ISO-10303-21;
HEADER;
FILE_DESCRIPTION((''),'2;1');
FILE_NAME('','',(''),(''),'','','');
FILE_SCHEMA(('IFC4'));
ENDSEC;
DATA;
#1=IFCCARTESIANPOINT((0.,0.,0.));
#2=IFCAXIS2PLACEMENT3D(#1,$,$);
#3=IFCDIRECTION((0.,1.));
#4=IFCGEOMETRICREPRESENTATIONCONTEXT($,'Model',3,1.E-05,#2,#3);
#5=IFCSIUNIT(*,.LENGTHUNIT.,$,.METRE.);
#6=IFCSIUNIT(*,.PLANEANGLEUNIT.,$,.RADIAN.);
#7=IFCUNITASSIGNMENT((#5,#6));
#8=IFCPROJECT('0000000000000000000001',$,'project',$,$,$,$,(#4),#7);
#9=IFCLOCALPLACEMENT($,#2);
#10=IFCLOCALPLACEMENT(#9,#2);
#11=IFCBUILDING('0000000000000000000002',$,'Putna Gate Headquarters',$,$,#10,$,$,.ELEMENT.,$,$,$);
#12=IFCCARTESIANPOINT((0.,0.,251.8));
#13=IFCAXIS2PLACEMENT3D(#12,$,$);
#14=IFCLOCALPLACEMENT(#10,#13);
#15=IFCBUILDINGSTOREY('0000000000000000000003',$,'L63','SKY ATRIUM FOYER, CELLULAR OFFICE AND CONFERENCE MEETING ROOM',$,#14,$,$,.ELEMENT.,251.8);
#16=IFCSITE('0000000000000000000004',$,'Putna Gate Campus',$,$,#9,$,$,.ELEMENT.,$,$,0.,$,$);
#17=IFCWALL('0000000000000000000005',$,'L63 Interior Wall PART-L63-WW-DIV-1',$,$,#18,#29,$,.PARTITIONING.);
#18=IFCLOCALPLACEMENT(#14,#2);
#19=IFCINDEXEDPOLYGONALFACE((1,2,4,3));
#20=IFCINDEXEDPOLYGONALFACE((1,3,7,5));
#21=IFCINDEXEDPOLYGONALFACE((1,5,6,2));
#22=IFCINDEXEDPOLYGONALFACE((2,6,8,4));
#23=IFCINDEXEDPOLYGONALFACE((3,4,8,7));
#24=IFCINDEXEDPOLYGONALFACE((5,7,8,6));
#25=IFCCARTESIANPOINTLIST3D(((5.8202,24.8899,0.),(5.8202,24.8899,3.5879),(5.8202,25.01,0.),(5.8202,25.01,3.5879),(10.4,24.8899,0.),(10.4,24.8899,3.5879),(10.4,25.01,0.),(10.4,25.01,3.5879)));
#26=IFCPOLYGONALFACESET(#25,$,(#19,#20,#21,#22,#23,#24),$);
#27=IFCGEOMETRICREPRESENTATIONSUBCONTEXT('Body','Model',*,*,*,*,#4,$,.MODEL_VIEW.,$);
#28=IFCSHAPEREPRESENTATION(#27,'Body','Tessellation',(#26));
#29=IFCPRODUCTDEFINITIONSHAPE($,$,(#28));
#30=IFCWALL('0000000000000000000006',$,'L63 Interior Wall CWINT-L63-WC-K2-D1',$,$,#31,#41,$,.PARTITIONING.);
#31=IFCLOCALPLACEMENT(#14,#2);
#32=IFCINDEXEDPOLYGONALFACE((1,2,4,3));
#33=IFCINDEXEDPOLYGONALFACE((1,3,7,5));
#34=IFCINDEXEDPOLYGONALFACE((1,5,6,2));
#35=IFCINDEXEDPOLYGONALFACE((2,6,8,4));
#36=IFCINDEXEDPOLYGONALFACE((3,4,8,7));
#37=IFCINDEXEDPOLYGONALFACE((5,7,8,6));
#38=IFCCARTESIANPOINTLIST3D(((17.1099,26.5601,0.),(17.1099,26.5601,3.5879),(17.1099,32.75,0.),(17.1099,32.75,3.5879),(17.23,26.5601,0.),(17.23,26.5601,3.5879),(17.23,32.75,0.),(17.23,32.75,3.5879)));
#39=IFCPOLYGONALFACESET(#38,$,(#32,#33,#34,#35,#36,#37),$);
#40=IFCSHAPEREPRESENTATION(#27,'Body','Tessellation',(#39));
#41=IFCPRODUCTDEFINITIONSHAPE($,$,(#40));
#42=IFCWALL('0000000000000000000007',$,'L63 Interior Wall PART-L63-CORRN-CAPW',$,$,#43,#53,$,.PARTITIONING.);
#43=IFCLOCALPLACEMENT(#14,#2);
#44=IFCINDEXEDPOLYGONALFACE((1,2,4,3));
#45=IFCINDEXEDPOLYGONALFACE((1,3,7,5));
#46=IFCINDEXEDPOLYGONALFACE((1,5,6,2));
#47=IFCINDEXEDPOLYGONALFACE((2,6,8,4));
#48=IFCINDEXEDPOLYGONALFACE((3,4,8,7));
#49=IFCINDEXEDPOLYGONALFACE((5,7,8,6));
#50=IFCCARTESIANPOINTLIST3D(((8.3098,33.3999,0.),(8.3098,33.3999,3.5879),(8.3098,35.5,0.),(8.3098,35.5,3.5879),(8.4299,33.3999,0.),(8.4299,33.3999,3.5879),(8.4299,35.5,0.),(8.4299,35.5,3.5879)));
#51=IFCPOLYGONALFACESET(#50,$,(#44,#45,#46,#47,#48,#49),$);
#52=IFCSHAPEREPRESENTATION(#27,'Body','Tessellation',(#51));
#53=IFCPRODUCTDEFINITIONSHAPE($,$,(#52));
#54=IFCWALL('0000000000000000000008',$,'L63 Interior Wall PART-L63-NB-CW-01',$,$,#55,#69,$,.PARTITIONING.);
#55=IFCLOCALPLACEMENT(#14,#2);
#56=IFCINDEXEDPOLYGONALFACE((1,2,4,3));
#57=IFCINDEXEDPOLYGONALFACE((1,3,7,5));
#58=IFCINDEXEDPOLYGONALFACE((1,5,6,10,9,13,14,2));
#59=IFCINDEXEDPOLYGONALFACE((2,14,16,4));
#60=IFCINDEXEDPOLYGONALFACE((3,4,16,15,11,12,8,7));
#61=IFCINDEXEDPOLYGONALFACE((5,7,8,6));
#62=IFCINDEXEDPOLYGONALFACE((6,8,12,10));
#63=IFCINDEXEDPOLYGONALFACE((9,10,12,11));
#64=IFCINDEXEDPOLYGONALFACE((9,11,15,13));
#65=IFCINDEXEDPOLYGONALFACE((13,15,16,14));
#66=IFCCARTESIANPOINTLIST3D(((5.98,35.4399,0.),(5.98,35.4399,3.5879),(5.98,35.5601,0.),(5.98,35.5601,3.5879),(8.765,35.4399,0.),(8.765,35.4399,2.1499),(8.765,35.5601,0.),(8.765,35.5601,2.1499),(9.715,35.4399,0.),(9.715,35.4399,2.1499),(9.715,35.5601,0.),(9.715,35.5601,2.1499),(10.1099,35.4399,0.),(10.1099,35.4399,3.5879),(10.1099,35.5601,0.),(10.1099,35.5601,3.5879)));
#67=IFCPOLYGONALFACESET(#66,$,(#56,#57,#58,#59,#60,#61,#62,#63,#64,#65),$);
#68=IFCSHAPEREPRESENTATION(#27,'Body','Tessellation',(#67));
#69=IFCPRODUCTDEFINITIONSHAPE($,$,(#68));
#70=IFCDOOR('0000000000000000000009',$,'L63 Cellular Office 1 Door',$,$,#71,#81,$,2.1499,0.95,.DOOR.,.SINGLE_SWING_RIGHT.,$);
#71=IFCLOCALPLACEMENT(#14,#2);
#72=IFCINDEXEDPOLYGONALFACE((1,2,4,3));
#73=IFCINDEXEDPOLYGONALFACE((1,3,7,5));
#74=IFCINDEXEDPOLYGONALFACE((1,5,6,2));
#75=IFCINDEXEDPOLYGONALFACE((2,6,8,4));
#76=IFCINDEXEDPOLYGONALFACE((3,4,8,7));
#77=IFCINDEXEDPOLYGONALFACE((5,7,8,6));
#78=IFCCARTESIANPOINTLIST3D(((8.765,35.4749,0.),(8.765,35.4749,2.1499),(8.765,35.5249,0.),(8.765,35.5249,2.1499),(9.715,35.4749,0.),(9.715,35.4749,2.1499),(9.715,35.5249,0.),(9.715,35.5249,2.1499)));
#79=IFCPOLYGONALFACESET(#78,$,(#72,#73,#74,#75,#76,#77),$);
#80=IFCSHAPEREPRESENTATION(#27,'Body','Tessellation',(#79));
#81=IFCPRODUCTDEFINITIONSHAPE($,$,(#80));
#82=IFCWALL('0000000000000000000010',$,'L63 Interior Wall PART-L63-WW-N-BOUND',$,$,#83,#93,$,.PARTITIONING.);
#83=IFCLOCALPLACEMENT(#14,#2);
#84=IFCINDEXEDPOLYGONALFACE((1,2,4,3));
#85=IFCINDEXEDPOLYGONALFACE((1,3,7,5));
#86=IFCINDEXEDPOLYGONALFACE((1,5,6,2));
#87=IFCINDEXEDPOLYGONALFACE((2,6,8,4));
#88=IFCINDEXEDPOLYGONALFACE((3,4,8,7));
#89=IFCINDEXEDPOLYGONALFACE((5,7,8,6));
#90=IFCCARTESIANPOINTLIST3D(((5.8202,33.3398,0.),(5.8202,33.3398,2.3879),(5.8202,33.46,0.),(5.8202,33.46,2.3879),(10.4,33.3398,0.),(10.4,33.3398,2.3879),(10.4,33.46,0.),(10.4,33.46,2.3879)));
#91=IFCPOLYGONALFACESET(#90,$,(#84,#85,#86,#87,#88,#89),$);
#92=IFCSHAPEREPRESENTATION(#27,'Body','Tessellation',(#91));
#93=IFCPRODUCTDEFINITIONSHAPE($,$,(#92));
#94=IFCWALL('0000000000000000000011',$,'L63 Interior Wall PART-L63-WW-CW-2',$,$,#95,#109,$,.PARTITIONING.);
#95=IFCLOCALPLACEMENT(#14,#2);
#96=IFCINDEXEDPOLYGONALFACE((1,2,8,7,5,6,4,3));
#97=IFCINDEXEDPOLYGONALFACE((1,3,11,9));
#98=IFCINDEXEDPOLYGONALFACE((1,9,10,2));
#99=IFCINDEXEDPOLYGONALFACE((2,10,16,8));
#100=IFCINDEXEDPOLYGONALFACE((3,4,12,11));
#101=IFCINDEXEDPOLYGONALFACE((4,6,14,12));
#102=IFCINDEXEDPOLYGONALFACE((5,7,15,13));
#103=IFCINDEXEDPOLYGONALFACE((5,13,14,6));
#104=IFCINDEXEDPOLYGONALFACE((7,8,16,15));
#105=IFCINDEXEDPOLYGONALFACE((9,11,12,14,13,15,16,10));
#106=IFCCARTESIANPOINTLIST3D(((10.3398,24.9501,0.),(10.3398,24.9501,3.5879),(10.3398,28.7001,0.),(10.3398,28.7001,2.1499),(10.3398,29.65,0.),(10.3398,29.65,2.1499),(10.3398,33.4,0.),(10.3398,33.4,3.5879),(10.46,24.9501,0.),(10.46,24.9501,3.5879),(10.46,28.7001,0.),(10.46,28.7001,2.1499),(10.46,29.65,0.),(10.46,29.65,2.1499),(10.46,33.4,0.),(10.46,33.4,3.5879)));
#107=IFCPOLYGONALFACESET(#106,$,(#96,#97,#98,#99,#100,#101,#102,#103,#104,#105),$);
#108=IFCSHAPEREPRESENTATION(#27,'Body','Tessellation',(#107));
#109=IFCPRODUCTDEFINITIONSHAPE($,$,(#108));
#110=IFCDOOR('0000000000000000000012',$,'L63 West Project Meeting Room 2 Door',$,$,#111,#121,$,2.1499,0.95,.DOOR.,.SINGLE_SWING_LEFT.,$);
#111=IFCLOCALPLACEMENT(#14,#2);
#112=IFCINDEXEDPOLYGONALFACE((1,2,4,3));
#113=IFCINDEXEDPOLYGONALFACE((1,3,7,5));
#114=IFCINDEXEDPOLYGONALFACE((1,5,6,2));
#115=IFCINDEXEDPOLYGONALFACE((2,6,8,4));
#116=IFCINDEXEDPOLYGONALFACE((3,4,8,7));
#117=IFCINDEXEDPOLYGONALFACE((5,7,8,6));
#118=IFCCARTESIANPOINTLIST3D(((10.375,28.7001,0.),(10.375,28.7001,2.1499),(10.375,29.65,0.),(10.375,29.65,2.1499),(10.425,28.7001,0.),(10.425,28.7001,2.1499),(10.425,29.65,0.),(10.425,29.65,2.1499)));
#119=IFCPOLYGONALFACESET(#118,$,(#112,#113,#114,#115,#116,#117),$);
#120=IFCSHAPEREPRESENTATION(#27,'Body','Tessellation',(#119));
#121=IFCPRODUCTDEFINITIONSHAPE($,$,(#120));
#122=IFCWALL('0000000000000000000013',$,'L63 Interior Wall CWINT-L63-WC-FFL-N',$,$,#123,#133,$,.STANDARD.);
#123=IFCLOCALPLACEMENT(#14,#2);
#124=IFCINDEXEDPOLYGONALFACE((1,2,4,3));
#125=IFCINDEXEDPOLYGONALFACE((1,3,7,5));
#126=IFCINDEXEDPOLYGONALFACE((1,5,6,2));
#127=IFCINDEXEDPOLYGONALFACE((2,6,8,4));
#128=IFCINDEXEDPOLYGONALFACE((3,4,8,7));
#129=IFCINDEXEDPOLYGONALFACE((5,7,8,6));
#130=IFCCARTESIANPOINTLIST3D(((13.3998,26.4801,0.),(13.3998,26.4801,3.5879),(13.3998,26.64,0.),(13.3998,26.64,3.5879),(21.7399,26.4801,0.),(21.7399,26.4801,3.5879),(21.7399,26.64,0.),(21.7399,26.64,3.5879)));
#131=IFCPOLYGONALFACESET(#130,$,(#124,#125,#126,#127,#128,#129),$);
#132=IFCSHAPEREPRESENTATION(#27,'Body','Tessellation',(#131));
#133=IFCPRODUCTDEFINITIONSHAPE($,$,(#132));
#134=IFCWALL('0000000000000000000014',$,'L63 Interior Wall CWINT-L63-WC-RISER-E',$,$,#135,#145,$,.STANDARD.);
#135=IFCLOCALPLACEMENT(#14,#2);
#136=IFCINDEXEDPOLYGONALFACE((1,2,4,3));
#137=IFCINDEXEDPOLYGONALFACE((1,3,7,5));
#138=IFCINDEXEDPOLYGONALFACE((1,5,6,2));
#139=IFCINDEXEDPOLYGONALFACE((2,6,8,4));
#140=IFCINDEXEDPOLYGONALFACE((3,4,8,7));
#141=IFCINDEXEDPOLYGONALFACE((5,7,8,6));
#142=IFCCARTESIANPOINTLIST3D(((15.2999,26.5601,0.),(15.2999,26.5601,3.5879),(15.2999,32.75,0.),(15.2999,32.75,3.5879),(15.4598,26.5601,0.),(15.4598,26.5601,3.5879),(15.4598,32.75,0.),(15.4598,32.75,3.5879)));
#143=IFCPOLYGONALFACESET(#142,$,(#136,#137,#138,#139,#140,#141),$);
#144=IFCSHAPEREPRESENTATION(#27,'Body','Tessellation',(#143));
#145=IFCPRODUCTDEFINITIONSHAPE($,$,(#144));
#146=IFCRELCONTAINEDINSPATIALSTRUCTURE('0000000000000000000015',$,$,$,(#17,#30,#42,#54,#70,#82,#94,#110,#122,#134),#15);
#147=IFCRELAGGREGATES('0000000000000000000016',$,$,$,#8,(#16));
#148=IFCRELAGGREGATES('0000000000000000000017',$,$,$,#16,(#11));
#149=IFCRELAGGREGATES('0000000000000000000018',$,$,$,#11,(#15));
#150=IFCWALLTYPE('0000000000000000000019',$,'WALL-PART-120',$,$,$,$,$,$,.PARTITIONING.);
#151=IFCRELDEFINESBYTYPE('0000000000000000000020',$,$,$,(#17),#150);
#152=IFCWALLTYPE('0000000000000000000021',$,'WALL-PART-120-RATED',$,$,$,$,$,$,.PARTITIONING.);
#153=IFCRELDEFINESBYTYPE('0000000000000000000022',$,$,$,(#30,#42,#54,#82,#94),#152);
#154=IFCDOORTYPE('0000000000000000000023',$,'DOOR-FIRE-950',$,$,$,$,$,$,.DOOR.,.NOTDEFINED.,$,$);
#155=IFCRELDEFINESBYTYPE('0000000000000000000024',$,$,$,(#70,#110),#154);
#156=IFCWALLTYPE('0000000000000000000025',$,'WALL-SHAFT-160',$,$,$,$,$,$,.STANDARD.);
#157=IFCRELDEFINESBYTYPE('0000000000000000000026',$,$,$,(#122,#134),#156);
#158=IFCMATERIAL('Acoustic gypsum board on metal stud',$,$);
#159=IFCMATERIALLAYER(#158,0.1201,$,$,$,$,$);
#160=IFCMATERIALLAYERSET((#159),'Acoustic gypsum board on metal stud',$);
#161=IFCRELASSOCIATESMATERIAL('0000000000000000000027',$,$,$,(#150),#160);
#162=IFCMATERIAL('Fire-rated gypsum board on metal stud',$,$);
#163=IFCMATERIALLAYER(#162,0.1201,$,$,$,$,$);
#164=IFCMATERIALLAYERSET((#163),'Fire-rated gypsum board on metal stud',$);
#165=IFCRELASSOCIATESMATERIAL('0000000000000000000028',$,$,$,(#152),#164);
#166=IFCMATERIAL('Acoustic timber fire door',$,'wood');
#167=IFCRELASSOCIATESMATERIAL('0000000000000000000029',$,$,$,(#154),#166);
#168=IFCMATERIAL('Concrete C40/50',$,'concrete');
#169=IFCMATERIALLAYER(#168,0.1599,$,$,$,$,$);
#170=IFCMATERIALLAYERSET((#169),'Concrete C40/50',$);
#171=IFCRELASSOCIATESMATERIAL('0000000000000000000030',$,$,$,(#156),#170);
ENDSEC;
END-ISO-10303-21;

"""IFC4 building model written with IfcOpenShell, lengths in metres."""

from ifc_helpers import new_model, si_unit, direction, frame, frame_2d, origin, place, context, subcontext, project, spatial, rectangle, extrude, material, layer, layer_set, type_object, element, fill, save


model = new_model("IFC4")

# Units and contexts
model_context = context("Model", 3, precision=1e-05, world=origin(), true_north=direction((0.0, 1.0)))
body_context = subcontext(model_context, "Body", "Model", "MODEL_VIEW")
ifc_project = project(units=[si_unit("LENGTHUNIT", "METRE"), si_unit("PLANEANGLEUNIT", "RADIAN")], contexts=[model_context])

# Site, building, storey
site_placement = place(None, origin())
site = spatial("IfcSite", under=ifc_project, at=site_placement, Name="Putna Gate Campus", CompositionType="ELEMENT", RefElevation=0.0)
building_placement = place(site_placement, origin())
building = spatial("IfcBuilding", under=site, at=building_placement, Name="Putna Gate Headquarters", CompositionType="ELEMENT")
storey_placement = place(building_placement, frame((0.0, 0.0, 251.8)))
storey = spatial("IfcBuildingStorey", under=building, at=storey_placement, Name="L63", Description="SKY ATRIUM FOYER, CELLULAR OFFICE AND CONFERENCE MEETING ROOM", CompositionType="ELEMENT", Elevation=251.8)

# Walls
ifc_material_1 = material(Name="Acoustic gypsum board on metal stud")
ifc_layer_1 = layer(ifc_material_1, 0.1201)
ifc_layer_set_1 = layer_set([ifc_layer_1], Name="Acoustic gypsum board on metal stud")
wall_type_1 = type_object("IfcWallType", Name="WALL-PART-120", PredefinedType="PARTITIONING", material=ifc_layer_set_1)
wall_1_placement = place(storey_placement, frame((5.8201, 24.95, 0.0), z_axis=(0.0, 0.0, 1.0), x_axis=(1.0, 0.0, 0.0)))
element("IfcWall", 1, at=wall_1_placement, inside=storey, type_object=wall_type_1, Name="L63 Interior Wall PART-L63-WW-DIV-1", PredefinedType="PARTITIONING", context=body_context, shape_type="SweptSolid", body=[
    extrude(rectangle(XDim=4.5798, YDim=0.1201, at=frame_2d((2.29, 0.0))), origin(), (0.0, 0.0, 1.0), 3.5879),
])
ifc_material_2 = material(Name="Fire-rated gypsum board on metal stud")
ifc_layer_2 = layer(ifc_material_2, 0.1201)
ifc_layer_set_2 = layer_set([ifc_layer_2], Name="Fire-rated gypsum board on metal stud")
wall_type_2 = type_object("IfcWallType", Name="WALL-PART-120-RATED", PredefinedType="PARTITIONING", material=ifc_layer_set_2)
wall_2_placement = place(storey_placement, frame((17.1699, 26.5601, 0.0), z_axis=(0.0, 0.0, 1.0), x_axis=(0.0, 1.0, 0.0)))
element("IfcWall", 2, at=wall_2_placement, inside=storey, type_object=wall_type_2, Name="L63 Interior Wall CWINT-L63-WC-K2-D1", PredefinedType="PARTITIONING", context=body_context, shape_type="SweptSolid", body=[
    extrude(rectangle(XDim=6.1899, YDim=0.1201, at=frame_2d((3.095, 0.0))), origin(), (0.0, 0.0, 1.0), 3.5879),
])
wall_3_placement = place(storey_placement, frame((8.3699, 33.3999, 0.0), z_axis=(0.0, 0.0, 1.0), x_axis=(0.0, 1.0, 0.0)))
element("IfcWall", 3, at=wall_3_placement, inside=storey, type_object=wall_type_2, Name="L63 Interior Wall PART-L63-CORRN-CAPW", PredefinedType="PARTITIONING", context=body_context, shape_type="SweptSolid", body=[
    extrude(rectangle(XDim=2.1001, YDim=0.1201, at=frame_2d((1.05, 0.0))), origin(), (0.0, 0.0, 1.0), 3.5879),
])

# Wall, opening, door
wall_4_placement = place(storey_placement, frame((5.98, 35.5, 0.0), z_axis=(0.0, 0.0, 1.0), x_axis=(1.0, 0.0, 0.0)))
wall_4 = element("IfcWall", 4, at=wall_4_placement, inside=storey, type_object=wall_type_2, Name="L63 Interior Wall PART-L63-NB-CW-01", PredefinedType="PARTITIONING", context=body_context, shape_type="SweptSolid", body=[
    extrude(rectangle(XDim=4.1299, YDim=0.1201, at=frame_2d((2.0649, 0.0))), origin(), (0.0, 0.0, 1.0), 3.5879),
])
opening_1_placement = place(wall_4_placement, frame((2.7849, 0.0, 0.0)))
opening_1 = element("IfcOpeningElement", 5, at=opening_1_placement, cuts=wall_4, PredefinedType="OPENING", context=body_context, shape_type="SweptSolid", body=[
    extrude(rectangle(XDim=0.95, YDim=2.1499, at=frame_2d((0.4751, 1.075))), frame((0.0, 0.0701, 0.0), z_axis=(0.0, -1.0, 0.0), x_axis=(1.0, 0.0, 0.0)), (0.0, 0.0, 1.0), 0.1401),
])
ifc_material_3 = material(Name="Acoustic timber fire door", Category="wood")
door_type_1 = type_object("IfcDoorType", Name="DOOR-FIRE-950", OperationType="NOTDEFINED", PredefinedType="DOOR", material=ifc_material_3)
door_1_placement = place(opening_1_placement, origin())
door_1 = element("IfcDoor", 6, at=door_1_placement, inside=storey, type_object=door_type_1, Name="L63 Cellular Office 1 Door", OperationType="SINGLE_SWING_RIGHT", OverallHeight=2.1499, OverallWidth=0.95, PredefinedType="DOOR", context=body_context, shape_type="SweptSolid", body=[
    extrude(rectangle(XDim=0.95, YDim=2.1499, at=frame_2d((0.4751, 1.075))), frame((0.0, 0.0249, 0.0), z_axis=(0.0, -1.0, 0.0), x_axis=(1.0, 0.0, 0.0)), (0.0, 0.0, 1.0), 0.05),
])
fill(opening_1, door_1)

# Wall
wall_5_placement = place(storey_placement, frame((5.8201, 33.3999, 0.0), z_axis=(0.0, 0.0, 1.0), x_axis=(1.0, 0.0, 0.0)))
element("IfcWall", 7, at=wall_5_placement, inside=storey, type_object=wall_type_2, Name="L63 Interior Wall PART-L63-WW-N-BOUND", PredefinedType="PARTITIONING", context=body_context, shape_type="SweptSolid", body=[
    extrude(rectangle(XDim=4.5798, YDim=0.1201, at=frame_2d((2.29, 0.0))), origin(), (0.0, 0.0, 1.0), 2.3879),
])

# Wall, opening, door
wall_6_placement = place(storey_placement, frame((10.3999, 24.95, 0.0), z_axis=(0.0, 0.0, 1.0), x_axis=(0.0, 1.0, 0.0)))
wall_6 = element("IfcWall", 8, at=wall_6_placement, inside=storey, type_object=wall_type_2, Name="L63 Interior Wall PART-L63-WW-CW-2", PredefinedType="PARTITIONING", context=body_context, shape_type="SweptSolid", body=[
    extrude(rectangle(XDim=8.45, YDim=0.1201, at=frame_2d((4.2251, 0.0))), origin(), (0.0, 0.0, 1.0), 3.5879),
])
opening_2_placement = place(wall_6_placement, frame((3.75, 0.0, 0.0)))
opening_2 = element("IfcOpeningElement", 9, at=opening_2_placement, cuts=wall_6, PredefinedType="OPENING", context=body_context, shape_type="SweptSolid", body=[
    extrude(rectangle(XDim=0.95, YDim=2.1499, at=frame_2d((0.4751, 1.075))), frame((0.0, 0.0701, 0.0), z_axis=(0.0, -1.0, 0.0), x_axis=(1.0, 0.0, 0.0)), (0.0, 0.0, 1.0), 0.1401),
])
door_2_placement = place(opening_2_placement, origin())
door_2 = element("IfcDoor", 10, at=door_2_placement, inside=storey, type_object=door_type_1, Name="L63 West Project Meeting Room 2 Door", OperationType="SINGLE_SWING_LEFT", OverallHeight=2.1499, OverallWidth=0.95, PredefinedType="DOOR", context=body_context, shape_type="SweptSolid", body=[
    extrude(rectangle(XDim=0.95, YDim=2.1499, at=frame_2d((0.4751, 1.075))), frame((0.0, 0.0249, 0.0), z_axis=(0.0, -1.0, 0.0), x_axis=(1.0, 0.0, 0.0)), (0.0, 0.0, 1.0), 0.05),
])
fill(opening_2, door_2)

# Walls
ifc_material_4 = material(Name="Concrete C40/50", Category="concrete")
ifc_layer_3 = layer(ifc_material_4, 0.1599)
ifc_layer_set_3 = layer_set([ifc_layer_3], Name="Concrete C40/50")
wall_type_3 = type_object("IfcWallType", Name="WALL-SHAFT-160", PredefinedType="STANDARD", material=ifc_layer_set_3)
wall_7_placement = place(storey_placement, frame((13.3999, 26.5601, 0.0), z_axis=(0.0, 0.0, 1.0), x_axis=(1.0, 0.0, 0.0)))
element("IfcWall", 11, at=wall_7_placement, inside=storey, type_object=wall_type_3, Name="L63 Interior Wall CWINT-L63-WC-FFL-N", PredefinedType="STANDARD", context=body_context, shape_type="SweptSolid", body=[
    extrude(rectangle(XDim=8.3401, YDim=0.1599, at=frame_2d((4.1699, 0.0))), origin(), (0.0, 0.0, 1.0), 3.5879),
])
wall_8_placement = place(storey_placement, frame((15.3799, 26.5601, 0.0), z_axis=(0.0, 0.0, 1.0), x_axis=(0.0, 1.0, 0.0)))
element("IfcWall", 12, at=wall_8_placement, inside=storey, type_object=wall_type_3, Name="L63 Interior Wall CWINT-L63-WC-RISER-E", PredefinedType="STANDARD", context=body_context, shape_type="SweptSolid", body=[
    extrude(rectangle(XDim=6.1899, YDim=0.1599, at=frame_2d((3.095, 0.0))), origin(), (0.0, 0.0, 1.0), 3.5879),
])

save(model, "model.ifc")
